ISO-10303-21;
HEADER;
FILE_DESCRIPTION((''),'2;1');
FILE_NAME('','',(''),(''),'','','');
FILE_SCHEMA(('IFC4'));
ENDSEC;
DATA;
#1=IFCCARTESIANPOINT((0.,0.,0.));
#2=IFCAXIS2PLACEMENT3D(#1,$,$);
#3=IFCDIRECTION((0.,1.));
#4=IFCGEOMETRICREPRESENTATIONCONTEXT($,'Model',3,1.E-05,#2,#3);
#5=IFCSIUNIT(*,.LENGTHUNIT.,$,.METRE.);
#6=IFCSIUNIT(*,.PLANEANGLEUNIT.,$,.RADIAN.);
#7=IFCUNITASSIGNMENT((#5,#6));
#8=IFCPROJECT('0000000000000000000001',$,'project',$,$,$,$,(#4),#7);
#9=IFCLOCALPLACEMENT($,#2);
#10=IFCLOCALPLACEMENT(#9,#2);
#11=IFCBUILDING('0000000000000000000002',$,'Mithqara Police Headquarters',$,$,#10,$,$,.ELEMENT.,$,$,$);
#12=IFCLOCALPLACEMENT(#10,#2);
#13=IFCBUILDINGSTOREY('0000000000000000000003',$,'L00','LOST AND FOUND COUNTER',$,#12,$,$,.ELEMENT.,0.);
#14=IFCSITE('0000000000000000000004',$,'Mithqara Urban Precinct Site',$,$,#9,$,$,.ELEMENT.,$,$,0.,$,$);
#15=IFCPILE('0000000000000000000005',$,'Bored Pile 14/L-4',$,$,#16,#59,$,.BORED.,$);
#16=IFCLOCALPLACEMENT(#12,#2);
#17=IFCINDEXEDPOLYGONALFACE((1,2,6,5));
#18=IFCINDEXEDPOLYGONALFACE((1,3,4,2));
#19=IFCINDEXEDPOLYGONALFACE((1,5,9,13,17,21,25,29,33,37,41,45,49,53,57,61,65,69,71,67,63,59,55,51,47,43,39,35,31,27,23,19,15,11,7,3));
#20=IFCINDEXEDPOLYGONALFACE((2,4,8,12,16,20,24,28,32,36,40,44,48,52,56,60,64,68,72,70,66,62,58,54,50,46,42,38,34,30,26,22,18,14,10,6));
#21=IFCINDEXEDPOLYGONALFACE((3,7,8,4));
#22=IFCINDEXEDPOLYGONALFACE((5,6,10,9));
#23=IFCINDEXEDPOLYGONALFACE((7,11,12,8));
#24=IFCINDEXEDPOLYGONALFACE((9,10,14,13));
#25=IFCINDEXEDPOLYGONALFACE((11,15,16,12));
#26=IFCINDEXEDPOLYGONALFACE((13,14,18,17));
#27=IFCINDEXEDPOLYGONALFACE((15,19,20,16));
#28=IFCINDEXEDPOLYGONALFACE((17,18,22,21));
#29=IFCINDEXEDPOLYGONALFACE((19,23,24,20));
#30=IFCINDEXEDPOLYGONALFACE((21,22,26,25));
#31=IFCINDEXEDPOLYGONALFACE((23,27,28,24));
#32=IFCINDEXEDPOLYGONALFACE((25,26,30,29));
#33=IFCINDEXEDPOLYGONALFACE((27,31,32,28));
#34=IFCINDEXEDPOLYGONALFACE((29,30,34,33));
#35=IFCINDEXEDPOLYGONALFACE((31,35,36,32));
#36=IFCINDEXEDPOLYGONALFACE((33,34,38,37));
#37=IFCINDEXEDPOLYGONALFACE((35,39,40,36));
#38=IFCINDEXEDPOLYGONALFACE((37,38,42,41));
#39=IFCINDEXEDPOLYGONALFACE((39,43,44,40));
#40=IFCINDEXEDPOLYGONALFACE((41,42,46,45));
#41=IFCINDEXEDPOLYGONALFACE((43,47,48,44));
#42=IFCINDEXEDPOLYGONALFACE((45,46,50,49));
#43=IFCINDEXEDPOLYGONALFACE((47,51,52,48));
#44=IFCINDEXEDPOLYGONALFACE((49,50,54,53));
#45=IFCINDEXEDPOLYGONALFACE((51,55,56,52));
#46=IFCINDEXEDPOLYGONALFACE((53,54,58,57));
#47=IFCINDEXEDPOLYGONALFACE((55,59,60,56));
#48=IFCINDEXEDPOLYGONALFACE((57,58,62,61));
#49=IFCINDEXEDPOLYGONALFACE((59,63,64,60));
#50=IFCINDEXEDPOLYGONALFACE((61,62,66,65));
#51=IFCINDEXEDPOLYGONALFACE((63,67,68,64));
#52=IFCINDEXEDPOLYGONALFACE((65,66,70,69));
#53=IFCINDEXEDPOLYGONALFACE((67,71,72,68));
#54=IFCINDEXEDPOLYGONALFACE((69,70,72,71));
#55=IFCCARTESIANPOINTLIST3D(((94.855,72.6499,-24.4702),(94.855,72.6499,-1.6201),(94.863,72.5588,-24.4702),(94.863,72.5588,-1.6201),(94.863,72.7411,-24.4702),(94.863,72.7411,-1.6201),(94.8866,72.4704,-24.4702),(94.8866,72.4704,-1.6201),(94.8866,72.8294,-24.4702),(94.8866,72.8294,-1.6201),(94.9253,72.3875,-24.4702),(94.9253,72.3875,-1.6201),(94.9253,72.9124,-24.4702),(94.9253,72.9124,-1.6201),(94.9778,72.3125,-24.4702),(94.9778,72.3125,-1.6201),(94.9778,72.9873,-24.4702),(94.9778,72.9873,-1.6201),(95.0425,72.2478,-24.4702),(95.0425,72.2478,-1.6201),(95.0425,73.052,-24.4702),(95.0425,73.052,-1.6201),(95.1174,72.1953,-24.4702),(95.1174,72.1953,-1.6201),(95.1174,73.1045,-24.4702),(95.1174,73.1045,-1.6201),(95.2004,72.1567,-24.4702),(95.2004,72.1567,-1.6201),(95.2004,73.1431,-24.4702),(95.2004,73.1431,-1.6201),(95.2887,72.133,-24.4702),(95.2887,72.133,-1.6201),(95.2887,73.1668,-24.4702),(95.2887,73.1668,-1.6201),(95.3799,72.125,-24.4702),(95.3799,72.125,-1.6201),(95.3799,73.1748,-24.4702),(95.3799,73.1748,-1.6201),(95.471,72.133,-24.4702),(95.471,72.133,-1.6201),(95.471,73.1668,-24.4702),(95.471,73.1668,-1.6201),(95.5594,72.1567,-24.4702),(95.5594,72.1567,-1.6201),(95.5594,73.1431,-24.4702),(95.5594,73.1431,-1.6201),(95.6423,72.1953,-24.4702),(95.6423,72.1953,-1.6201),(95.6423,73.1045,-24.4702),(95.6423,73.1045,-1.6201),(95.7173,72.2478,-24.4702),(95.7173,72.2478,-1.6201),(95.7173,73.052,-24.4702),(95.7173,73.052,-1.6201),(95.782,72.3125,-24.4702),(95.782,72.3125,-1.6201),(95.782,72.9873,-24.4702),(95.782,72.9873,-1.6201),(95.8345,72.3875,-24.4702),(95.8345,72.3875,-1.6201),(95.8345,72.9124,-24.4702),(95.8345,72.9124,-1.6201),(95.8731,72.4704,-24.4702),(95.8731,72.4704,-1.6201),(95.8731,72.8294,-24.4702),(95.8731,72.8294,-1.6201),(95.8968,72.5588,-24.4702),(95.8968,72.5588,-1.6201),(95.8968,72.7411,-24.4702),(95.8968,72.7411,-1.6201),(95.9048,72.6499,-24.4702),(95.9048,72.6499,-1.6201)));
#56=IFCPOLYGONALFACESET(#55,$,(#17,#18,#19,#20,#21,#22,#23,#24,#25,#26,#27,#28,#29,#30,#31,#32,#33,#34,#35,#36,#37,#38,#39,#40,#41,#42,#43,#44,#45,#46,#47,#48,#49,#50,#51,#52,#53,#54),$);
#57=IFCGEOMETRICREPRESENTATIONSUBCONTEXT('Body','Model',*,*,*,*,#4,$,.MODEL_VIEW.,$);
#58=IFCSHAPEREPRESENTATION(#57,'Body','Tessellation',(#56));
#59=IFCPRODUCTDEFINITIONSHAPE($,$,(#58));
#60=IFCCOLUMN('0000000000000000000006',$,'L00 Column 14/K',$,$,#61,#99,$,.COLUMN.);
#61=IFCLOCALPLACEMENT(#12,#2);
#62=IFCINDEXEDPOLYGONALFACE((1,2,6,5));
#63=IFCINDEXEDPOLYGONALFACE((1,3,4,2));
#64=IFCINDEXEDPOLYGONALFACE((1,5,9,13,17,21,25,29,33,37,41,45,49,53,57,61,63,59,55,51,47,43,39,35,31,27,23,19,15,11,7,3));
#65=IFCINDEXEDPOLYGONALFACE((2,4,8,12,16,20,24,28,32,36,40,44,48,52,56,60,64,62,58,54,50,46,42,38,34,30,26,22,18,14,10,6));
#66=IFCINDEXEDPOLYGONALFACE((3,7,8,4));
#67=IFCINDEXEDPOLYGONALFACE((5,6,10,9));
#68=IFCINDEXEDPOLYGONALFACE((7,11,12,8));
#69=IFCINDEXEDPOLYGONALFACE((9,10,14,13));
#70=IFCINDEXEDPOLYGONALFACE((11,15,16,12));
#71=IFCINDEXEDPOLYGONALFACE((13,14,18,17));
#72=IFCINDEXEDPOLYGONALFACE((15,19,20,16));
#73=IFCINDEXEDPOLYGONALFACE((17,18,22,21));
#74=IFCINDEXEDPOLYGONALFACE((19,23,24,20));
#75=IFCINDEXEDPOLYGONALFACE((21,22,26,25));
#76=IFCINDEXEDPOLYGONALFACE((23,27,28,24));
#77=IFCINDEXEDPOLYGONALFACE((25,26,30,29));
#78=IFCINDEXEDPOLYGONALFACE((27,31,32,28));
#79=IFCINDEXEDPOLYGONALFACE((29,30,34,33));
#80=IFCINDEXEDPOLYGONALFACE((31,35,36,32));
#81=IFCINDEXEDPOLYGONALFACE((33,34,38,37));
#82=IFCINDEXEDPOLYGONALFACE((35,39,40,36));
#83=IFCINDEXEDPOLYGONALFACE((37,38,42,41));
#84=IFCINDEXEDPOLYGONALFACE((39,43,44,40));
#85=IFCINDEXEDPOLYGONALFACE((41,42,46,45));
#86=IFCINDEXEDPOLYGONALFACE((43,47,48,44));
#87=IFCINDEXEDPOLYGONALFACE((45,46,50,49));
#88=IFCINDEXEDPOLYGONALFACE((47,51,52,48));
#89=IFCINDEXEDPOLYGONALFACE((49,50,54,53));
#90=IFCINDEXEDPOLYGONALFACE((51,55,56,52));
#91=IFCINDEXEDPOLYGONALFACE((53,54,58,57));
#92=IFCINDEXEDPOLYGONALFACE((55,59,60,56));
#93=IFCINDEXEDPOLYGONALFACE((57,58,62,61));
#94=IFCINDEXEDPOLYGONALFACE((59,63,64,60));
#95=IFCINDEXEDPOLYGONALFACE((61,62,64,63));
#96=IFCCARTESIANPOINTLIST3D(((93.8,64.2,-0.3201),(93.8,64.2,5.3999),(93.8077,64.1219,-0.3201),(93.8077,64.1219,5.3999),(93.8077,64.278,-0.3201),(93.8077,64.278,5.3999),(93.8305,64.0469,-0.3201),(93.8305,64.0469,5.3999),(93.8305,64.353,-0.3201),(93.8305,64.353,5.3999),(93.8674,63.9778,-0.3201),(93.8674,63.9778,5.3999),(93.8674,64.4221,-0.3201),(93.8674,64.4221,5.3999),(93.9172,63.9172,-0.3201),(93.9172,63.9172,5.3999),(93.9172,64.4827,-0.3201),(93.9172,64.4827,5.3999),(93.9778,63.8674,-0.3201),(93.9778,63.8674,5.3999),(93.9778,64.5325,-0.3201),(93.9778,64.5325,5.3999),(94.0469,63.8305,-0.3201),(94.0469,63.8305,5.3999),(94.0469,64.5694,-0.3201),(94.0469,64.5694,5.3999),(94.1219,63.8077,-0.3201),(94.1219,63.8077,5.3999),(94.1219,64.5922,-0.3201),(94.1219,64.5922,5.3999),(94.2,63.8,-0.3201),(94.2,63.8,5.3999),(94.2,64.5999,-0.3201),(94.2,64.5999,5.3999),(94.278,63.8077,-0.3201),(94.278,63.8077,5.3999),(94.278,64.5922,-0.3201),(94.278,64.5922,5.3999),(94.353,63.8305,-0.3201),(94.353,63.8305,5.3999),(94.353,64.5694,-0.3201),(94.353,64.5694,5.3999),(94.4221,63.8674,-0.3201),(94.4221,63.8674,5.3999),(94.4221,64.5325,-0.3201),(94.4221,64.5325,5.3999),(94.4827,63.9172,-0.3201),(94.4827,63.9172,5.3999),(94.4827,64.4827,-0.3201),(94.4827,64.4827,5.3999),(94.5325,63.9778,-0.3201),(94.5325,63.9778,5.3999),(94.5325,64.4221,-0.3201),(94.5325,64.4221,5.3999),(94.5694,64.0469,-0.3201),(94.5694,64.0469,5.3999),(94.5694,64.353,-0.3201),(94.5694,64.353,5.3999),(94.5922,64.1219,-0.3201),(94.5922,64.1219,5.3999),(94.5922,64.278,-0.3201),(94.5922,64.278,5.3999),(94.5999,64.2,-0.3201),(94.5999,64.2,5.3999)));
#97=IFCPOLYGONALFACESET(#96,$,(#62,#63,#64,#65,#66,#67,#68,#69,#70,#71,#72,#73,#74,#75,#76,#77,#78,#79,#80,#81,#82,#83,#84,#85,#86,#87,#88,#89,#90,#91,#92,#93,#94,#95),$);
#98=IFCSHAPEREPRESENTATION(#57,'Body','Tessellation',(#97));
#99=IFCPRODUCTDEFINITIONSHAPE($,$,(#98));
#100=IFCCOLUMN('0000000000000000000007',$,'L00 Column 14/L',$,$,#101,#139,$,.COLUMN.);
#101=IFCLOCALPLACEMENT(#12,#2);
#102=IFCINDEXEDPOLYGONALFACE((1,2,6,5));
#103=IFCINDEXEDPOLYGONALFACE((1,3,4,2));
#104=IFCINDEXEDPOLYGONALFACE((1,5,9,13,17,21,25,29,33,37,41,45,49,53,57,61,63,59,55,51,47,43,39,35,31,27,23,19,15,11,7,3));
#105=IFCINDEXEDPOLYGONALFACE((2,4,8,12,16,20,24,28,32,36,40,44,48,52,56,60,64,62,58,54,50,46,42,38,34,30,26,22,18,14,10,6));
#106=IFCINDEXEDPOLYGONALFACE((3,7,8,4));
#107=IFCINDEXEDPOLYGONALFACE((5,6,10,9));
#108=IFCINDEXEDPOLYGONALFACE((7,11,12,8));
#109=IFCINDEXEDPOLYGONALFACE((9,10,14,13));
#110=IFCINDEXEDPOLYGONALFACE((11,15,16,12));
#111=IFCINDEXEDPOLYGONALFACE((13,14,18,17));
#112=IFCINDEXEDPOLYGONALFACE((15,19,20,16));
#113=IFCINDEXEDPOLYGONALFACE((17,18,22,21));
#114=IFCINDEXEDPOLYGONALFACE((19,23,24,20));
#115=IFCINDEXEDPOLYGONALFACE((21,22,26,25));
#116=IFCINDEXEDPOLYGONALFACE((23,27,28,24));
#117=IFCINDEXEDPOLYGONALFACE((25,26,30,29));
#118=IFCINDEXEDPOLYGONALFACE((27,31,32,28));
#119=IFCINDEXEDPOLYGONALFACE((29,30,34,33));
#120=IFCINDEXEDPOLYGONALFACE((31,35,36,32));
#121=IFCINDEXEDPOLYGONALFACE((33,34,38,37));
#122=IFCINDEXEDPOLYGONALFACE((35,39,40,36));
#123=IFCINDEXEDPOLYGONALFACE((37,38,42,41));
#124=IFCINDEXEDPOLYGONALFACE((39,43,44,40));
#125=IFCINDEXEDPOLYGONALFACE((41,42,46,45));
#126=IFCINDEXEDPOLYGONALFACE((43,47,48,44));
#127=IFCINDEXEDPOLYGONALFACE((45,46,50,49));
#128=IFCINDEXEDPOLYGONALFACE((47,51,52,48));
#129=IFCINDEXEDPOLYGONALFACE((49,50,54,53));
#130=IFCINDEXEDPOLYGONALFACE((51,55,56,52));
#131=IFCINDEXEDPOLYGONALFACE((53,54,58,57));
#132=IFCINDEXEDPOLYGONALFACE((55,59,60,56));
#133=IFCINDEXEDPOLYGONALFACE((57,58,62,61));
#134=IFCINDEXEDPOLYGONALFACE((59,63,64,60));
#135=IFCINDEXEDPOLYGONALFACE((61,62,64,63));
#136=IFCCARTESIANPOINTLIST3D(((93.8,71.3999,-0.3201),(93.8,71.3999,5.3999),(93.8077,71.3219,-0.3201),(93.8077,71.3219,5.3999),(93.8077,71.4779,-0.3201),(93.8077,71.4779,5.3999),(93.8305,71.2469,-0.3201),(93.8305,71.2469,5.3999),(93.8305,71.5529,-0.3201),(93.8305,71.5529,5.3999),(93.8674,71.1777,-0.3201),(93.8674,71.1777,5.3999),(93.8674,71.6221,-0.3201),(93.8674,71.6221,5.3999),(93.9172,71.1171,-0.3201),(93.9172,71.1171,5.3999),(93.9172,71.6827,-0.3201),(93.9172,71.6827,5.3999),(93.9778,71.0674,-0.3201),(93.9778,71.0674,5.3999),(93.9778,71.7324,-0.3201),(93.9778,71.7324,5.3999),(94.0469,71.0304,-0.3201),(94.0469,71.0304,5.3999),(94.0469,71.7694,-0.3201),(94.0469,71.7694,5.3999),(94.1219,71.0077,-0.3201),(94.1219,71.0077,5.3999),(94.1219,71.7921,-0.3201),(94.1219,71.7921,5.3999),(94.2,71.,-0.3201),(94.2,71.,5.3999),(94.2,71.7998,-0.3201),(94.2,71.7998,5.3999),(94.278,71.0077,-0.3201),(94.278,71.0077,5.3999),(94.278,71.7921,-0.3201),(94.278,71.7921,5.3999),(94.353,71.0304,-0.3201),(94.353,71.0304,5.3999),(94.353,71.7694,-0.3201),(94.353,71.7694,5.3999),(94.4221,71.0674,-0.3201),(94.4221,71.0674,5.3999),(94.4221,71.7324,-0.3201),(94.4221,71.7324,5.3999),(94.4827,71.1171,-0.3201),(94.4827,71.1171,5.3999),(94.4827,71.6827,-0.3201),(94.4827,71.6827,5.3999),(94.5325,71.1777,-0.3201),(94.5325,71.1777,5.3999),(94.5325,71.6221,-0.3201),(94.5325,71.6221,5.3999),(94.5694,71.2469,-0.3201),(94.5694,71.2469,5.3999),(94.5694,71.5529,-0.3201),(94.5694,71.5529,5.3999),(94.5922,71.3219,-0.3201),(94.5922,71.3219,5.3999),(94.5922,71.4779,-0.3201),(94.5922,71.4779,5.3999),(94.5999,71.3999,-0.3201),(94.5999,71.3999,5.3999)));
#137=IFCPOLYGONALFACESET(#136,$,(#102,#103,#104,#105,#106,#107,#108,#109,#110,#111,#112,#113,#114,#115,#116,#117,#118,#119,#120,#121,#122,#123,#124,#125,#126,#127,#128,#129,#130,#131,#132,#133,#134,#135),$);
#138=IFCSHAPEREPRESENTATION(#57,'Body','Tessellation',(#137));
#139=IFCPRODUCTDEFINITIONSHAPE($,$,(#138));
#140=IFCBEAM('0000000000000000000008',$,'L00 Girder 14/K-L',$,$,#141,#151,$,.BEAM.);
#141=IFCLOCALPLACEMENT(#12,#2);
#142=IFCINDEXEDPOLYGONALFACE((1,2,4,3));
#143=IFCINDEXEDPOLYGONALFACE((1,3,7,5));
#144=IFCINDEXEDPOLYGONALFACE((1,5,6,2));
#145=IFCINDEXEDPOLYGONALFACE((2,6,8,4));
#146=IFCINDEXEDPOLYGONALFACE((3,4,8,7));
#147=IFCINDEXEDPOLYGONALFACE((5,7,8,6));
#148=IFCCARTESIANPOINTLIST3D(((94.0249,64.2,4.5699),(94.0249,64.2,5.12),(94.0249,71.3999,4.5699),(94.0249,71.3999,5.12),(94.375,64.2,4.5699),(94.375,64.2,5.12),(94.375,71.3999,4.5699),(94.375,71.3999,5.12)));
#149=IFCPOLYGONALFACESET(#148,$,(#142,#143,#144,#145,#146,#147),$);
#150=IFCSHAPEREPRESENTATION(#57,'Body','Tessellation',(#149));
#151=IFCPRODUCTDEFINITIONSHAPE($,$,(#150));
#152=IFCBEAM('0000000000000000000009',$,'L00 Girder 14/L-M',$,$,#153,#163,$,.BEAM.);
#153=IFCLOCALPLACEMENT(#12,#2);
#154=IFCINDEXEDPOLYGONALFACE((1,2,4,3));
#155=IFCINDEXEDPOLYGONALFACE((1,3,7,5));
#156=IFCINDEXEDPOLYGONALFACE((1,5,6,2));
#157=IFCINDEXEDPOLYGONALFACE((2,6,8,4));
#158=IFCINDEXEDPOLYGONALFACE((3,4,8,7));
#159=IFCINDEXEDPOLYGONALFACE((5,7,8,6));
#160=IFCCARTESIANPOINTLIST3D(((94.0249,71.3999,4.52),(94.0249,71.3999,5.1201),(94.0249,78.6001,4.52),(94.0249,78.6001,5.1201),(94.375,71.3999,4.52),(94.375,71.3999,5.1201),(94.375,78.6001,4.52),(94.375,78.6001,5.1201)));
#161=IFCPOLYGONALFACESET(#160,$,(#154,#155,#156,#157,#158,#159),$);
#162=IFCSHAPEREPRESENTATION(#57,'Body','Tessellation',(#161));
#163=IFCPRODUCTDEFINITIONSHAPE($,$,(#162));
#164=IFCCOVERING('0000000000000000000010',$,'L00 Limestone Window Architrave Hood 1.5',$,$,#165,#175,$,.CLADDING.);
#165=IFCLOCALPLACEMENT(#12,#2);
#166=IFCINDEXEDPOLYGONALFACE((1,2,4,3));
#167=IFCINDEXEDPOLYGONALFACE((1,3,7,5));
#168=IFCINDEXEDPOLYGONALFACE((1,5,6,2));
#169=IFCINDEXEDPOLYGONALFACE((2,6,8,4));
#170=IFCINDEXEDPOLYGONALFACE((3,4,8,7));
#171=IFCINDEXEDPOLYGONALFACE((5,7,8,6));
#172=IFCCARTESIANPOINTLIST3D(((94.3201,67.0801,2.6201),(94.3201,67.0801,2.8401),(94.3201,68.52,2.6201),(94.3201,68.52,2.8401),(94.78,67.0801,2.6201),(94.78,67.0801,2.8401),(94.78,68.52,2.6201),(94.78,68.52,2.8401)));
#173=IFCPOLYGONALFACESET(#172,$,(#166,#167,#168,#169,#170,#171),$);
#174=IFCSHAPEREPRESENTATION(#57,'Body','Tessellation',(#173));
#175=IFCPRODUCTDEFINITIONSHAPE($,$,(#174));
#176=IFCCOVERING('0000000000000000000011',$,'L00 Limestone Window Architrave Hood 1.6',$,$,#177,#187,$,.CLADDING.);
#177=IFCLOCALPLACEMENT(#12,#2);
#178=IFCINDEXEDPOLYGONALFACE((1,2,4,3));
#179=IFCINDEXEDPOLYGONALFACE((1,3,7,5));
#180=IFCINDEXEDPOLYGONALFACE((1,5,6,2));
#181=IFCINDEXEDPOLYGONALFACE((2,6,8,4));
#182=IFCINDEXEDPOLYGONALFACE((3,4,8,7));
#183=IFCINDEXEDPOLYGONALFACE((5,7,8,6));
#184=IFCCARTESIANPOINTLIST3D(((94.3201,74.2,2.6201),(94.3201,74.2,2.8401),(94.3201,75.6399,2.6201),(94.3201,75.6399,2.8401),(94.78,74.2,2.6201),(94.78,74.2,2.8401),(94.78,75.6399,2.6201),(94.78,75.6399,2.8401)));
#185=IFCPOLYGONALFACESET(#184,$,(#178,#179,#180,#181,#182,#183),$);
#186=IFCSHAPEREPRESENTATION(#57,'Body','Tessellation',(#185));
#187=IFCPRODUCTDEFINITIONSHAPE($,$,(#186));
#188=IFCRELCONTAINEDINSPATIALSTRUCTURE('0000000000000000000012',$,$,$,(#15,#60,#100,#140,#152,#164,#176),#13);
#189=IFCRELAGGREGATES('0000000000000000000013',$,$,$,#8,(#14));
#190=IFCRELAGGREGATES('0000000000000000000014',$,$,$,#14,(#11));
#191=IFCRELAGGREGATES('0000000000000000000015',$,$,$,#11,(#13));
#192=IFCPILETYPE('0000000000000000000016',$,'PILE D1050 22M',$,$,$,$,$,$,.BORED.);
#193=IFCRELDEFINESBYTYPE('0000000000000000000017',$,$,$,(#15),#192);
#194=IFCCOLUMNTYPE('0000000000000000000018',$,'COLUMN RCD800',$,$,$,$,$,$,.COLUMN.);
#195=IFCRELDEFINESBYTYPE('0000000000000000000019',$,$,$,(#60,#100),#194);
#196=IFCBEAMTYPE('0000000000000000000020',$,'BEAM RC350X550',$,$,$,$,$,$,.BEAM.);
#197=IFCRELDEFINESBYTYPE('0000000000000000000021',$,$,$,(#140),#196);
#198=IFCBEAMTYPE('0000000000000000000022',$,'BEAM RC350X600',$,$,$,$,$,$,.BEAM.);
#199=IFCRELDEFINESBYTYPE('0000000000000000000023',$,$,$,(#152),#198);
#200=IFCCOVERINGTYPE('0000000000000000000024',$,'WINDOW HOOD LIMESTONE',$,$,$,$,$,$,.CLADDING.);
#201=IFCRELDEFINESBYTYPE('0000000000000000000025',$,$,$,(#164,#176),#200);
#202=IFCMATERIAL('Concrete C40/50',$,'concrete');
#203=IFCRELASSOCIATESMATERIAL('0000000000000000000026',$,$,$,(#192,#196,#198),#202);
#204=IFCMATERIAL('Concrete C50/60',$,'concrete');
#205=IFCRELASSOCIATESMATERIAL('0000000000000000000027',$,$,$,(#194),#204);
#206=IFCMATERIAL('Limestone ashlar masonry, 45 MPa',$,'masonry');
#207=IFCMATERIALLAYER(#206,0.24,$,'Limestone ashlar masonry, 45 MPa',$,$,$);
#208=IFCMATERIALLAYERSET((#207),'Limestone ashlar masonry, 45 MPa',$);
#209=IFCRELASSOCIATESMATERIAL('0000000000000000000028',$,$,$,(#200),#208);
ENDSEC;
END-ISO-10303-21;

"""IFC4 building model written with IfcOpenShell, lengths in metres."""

from ifc_helpers import new_model, si_unit, direction, frame, origin, origin_2d, place, context, subcontext, project, spatial, rectangle, circle, extrude, material, layer, layer_set, material_profile, profile_set, type_object, element, save


model = new_model("IFC4")

# Units and contexts
model_context = context("Model", 3, precision=1e-05, world=origin(), true_north=direction((0.0, 1.0)))
body_context = subcontext(model_context, "Body", "Model", "MODEL_VIEW")
ifc_project = project(units=[si_unit("LENGTHUNIT", "METRE"), si_unit("PLANEANGLEUNIT", "RADIAN")], contexts=[model_context])

# Site, building, storey
site_placement = place(None, origin())
site = spatial("IfcSite", under=ifc_project, at=site_placement, Name="Mithqara Urban Precinct Site", CompositionType="ELEMENT", RefElevation=0.0)
building_placement = place(site_placement, origin())
building = spatial("IfcBuilding", under=site, at=building_placement, Name="Mithqara Police Headquarters", CompositionType="ELEMENT")
storey_placement = place(building_placement, origin())
storey = spatial("IfcBuildingStorey", under=building, at=storey_placement, Name="L00", Description="LOST AND FOUND COUNTER", CompositionType="ELEMENT", Elevation=0.0)

# Shared definitions
ifc_material_1 = material(Name="Concrete C40/50", Category="concrete")

# Pile
ifc_material_profile_1 = material_profile(ifc_material_1, circle(Radius=0.5249, at=origin_2d()), Name="PILE D1050")
ifc_profile_set_1 = profile_set([ifc_material_profile_1], Name="Concrete C40/50")
pile_type = type_object("IfcPileType", Name="PILE D1050 22M", PredefinedType="BORED", material=ifc_profile_set_1)
for number, where, z_axis, x_axis, name in (
    (1, (95.3799, 72.6499, -1.6201), (0.0, 0.0, -1.0), (1.0, 0.0, 0.0), "Bored Pile 14/L-4"),
):
    element("IfcPile", number, at=place(storey_placement, frame(where, z_axis=z_axis, x_axis=x_axis)), inside=storey, type_object=pile_type, Name=name, PredefinedType="BORED", context=body_context, shape_type="SweptSolid", body=[
        extrude(circle(Radius=0.5249, at=origin_2d()), origin(), (0.0, 0.0, 1.0), 22.8501),
    ])

# Columns
ifc_material_2 = material(Name="Concrete C50/60", Category="concrete")
ifc_material_profile_2 = material_profile(ifc_material_2, circle(Radius=0.3999, at=origin_2d()), Name="RCD 800")
ifc_profile_set_2 = profile_set([ifc_material_profile_2], Name="Concrete C50/60")
column_type = type_object("IfcColumnType", Name="COLUMN RCD800", PredefinedType="COLUMN", material=ifc_profile_set_2)
for number, where, z_axis, x_axis, name in (
    (2, (94.2, 64.2, -0.3201), (0.0, 0.0, 1.0), (1.0, 0.0, 0.0), "L00 Column 14/K"),
    (3, (94.2, 71.3999, -0.3201), (0.0, 0.0, 1.0), (1.0, 0.0, 0.0), "L00 Column 14/L"),
):
    element("IfcColumn", number, at=place(storey_placement, frame(where, z_axis=z_axis, x_axis=x_axis)), inside=storey, type_object=column_type, Name=name, PredefinedType="COLUMN", context=body_context, shape_type="SweptSolid", body=[
        extrude(circle(Radius=0.3999, at=origin_2d()), origin(), (0.0, 0.0, 1.0), 5.72),
    ])

# Beams
ifc_material_profile_3 = material_profile(ifc_material_1, rectangle(XDim=0.3501, YDim=0.55, at=origin_2d()), Name="RC 350x550")
ifc_profile_set_3 = profile_set([ifc_material_profile_3], Name="Concrete C40/50")
beam_type_1 = type_object("IfcBeamType", Name="BEAM RC350X550", PredefinedType="BEAM", material=ifc_profile_set_3)
beam_1_placement = place(storey_placement, frame((94.2, 64.2, 4.845), z_axis=(0.0, 1.0, 0.0), x_axis=(-1.0, 0.0, 0.0)))
element("IfcBeam", 4, at=beam_1_placement, inside=storey, type_object=beam_type_1, Name="L00 Girder 14/K-L", PredefinedType="BEAM", context=body_context, shape_type="SweptSolid", body=[
    extrude(rectangle(XDim=0.3501, YDim=0.55, at=origin_2d()), origin(), (0.0, 0.0, 1.0), 7.2),
])
ifc_material_profile_4 = material_profile(ifc_material_1, rectangle(XDim=0.3501, YDim=0.6001, at=origin_2d()), Name="RC 350x600")
ifc_profile_set_4 = profile_set([ifc_material_profile_4], Name="Concrete C40/50")
beam_type_2 = type_object("IfcBeamType", Name="BEAM RC350X600", PredefinedType="BEAM", material=ifc_profile_set_4)
beam_2_placement = place(storey_placement, frame((94.2, 71.3999, 4.8201), z_axis=(0.0, 1.0, 0.0), x_axis=(-1.0, 0.0, 0.0)))
element("IfcBeam", 5, at=beam_2_placement, inside=storey, type_object=beam_type_2, Name="L00 Girder 14/L-M", PredefinedType="BEAM", context=body_context, shape_type="SweptSolid", body=[
    extrude(rectangle(XDim=0.3501, YDim=0.6001, at=origin_2d()), origin(), (0.0, 0.0, 1.0), 7.2002),
])

# Coverings
ifc_material_3 = material(Name="Limestone ashlar masonry, 45 MPa", Category="masonry")
ifc_layer = layer(ifc_material_3, 0.24, Name="Limestone ashlar masonry, 45 MPa")
ifc_layer_set = layer_set([ifc_layer], Name="Limestone ashlar masonry, 45 MPa")
covering_type = type_object("IfcCoveringType", Name="WINDOW HOOD LIMESTONE", PredefinedType="CLADDING", material=ifc_layer_set)
for number, where, z_axis, x_axis, name in (
    (6, (94.55, 67.8, 2.6201), (0.0, 0.0, 1.0), (0.0, 1.0, 0.0), "L00 Limestone Window Architrave Hood 1.5"),
    (7, (94.55, 74.9199, 2.6201), (0.0, 0.0, 1.0), (0.0, 1.0, 0.0), "L00 Limestone Window Architrave Hood 1.6"),
):
    element("IfcCovering", number, at=place(storey_placement, frame(where, z_axis=z_axis, x_axis=x_axis)), inside=storey, type_object=covering_type, Name=name, PredefinedType="CLADDING", context=body_context, shape_type="SweptSolid", body=[
        extrude(rectangle(XDim=1.4399, YDim=0.46, at=origin_2d()), origin(), (0.0, 0.0, 1.0), 0.22),
    ])

save(model, "model.ifc")
